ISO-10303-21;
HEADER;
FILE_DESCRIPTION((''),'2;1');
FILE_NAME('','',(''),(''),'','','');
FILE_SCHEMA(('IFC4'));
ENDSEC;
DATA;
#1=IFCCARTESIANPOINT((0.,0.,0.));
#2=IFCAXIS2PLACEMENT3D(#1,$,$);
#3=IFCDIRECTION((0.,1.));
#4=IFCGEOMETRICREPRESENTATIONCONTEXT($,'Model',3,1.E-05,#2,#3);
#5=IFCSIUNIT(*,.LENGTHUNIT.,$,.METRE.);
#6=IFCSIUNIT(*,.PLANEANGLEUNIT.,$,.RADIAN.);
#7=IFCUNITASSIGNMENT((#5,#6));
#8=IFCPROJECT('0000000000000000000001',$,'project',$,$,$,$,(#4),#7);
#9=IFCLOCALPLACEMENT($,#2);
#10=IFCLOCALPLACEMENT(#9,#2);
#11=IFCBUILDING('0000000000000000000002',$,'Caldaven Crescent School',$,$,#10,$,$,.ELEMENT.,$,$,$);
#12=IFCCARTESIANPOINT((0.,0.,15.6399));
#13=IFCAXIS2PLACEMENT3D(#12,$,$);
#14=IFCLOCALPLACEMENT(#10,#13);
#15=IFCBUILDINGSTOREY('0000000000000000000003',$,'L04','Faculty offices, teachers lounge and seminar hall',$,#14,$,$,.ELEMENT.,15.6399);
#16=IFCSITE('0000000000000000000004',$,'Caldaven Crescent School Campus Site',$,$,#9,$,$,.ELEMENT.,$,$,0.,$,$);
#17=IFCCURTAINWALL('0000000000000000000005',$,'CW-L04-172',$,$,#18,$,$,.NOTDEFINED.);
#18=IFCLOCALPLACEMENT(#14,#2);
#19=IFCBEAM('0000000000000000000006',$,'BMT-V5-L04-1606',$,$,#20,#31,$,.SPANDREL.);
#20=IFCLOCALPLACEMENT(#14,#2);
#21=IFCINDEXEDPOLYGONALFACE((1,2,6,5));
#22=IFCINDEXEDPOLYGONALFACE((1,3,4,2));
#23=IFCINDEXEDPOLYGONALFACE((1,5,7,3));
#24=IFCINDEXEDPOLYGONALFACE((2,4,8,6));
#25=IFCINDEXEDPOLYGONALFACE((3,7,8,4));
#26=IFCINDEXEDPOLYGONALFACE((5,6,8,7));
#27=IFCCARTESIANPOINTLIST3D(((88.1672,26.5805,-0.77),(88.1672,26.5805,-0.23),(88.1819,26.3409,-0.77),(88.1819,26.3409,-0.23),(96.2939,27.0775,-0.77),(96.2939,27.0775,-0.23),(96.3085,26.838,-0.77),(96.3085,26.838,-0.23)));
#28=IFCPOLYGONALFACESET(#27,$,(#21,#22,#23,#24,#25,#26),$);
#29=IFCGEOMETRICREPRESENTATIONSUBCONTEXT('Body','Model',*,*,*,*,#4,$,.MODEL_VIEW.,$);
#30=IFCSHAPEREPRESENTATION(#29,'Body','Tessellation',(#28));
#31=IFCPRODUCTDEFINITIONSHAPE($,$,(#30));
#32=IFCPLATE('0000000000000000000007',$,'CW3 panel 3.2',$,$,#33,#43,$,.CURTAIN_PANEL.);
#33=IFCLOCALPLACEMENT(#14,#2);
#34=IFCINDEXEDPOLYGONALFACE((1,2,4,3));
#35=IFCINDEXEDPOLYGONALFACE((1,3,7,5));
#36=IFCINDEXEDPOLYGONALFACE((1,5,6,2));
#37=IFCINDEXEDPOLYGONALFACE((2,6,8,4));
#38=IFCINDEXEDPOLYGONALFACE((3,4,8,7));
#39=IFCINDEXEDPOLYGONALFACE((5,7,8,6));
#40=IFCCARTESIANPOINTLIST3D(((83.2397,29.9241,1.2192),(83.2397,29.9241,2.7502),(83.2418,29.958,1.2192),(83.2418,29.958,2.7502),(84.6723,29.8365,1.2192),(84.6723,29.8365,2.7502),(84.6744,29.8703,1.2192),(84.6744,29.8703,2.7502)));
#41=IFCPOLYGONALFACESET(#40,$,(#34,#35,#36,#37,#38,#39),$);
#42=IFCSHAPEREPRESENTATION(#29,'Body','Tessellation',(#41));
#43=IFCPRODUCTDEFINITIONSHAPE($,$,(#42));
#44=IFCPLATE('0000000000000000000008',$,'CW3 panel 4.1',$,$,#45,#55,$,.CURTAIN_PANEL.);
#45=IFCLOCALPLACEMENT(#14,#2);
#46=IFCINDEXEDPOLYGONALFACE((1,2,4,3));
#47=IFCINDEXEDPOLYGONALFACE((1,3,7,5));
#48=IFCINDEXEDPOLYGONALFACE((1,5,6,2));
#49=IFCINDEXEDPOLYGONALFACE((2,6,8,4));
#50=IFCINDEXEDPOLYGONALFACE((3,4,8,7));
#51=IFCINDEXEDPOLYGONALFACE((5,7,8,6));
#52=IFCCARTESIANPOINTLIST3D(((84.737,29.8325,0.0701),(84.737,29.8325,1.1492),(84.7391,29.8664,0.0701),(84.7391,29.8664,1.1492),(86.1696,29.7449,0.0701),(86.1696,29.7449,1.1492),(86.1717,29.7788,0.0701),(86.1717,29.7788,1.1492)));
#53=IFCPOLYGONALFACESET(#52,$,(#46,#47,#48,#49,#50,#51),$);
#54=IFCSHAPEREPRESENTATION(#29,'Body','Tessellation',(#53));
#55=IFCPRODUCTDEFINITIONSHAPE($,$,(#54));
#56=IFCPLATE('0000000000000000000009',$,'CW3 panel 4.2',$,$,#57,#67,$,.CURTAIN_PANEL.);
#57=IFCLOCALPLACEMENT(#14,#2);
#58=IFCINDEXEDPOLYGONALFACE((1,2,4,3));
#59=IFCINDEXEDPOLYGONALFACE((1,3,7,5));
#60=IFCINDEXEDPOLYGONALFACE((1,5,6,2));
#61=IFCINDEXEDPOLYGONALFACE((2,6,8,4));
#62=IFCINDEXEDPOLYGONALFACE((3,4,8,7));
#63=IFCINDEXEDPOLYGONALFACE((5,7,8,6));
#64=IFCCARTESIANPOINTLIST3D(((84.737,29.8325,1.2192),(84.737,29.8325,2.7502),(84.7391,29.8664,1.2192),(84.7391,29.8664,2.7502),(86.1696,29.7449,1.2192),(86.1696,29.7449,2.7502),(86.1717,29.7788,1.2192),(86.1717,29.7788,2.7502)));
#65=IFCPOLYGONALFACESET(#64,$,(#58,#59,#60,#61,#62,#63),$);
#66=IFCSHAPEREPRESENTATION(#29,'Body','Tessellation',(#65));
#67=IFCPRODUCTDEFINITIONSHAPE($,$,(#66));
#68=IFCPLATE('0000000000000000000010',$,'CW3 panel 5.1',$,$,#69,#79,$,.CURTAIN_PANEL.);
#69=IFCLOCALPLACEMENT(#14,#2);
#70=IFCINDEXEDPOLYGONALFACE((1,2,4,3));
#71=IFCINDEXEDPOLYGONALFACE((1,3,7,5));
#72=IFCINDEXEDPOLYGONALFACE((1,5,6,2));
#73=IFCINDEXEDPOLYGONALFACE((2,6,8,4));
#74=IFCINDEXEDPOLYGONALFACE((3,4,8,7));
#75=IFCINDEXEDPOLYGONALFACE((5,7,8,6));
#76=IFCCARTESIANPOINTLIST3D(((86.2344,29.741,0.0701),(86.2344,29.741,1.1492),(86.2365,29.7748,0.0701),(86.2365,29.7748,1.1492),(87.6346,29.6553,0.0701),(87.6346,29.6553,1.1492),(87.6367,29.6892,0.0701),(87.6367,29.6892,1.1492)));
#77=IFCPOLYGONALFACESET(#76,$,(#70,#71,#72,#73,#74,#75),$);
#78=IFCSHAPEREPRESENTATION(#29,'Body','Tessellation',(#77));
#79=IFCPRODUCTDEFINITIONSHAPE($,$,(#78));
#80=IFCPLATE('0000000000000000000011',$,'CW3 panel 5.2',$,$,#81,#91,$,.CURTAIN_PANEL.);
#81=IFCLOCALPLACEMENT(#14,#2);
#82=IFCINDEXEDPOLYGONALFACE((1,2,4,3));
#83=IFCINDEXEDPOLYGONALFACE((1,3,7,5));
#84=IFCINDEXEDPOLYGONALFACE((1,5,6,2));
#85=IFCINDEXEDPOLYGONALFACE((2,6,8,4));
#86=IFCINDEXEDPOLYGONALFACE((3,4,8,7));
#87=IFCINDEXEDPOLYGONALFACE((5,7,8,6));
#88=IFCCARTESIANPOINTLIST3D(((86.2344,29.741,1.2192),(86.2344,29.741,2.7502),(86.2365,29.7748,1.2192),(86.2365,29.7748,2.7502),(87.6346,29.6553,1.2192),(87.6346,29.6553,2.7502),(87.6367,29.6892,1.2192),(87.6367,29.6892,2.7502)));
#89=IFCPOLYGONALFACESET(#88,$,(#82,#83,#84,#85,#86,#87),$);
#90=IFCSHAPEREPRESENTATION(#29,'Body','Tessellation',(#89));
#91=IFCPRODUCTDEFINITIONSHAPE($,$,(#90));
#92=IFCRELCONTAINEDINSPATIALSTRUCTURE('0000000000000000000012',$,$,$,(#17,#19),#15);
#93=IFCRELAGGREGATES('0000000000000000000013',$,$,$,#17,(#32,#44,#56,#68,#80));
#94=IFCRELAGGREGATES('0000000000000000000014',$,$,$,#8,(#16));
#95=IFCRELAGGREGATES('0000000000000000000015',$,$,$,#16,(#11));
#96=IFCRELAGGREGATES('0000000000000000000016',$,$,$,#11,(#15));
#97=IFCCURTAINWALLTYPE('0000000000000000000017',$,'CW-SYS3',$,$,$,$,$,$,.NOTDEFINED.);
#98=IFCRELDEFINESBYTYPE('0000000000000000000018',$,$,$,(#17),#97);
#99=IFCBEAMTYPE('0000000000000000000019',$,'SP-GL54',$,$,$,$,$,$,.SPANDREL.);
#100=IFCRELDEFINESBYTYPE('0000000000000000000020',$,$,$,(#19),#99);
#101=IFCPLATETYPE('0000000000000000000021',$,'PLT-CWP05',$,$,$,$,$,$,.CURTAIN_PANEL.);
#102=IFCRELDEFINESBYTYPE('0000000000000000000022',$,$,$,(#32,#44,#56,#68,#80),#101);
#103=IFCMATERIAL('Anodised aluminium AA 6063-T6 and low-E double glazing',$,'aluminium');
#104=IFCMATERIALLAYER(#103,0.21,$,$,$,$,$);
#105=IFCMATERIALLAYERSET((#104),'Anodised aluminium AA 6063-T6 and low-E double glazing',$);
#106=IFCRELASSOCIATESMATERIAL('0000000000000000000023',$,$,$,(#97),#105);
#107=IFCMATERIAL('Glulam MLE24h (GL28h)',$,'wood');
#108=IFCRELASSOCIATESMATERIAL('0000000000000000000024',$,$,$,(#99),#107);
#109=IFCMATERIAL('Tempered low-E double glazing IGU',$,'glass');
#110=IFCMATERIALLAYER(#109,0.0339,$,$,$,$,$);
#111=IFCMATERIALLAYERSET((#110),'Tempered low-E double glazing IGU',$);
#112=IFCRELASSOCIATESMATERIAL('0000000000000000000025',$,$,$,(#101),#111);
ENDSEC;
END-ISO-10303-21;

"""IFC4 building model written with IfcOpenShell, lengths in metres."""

from ifc_helpers import new_model, si_unit, direction, frame, origin, origin_2d, place, context, subcontext, project, spatial, rectangle, extrude, material, layer, layer_set, material_profile, profile_set, type_object, element, aggregate, save


model = new_model("IFC4")

# Units and contexts
model_context = context("Model", 3, precision=1e-05, world=origin(), true_north=direction((0.0, 1.0)))
body_context = subcontext(model_context, "Body", "Model", "MODEL_VIEW")
ifc_project = project(units=[si_unit("LENGTHUNIT", "METRE"), si_unit("PLANEANGLEUNIT", "RADIAN")], contexts=[model_context])

# Site, building, storey
site_placement = place(None, origin())
site = spatial("IfcSite", under=ifc_project, at=site_placement, Name="Caldaven Crescent School Campus Site", CompositionType="ELEMENT", RefElevation=0.0)
building_placement = place(site_placement, origin())
building = spatial("IfcBuilding", under=site, at=building_placement, Name="Caldaven Crescent School", CompositionType="ELEMENT")
storey_placement = place(building_placement, frame((0.0, 0.0, 15.6399)))
storey = spatial("IfcBuildingStorey", under=building, at=storey_placement, Name="L04", Description="Faculty offices, teachers lounge and seminar hall", CompositionType="ELEMENT", Elevation=15.6399)

# Shared definitions
ifc_material_1 = material(Name="Glulam MLE24h (GL28h)", Category="wood")

# Curtain wall
ifc_material_2 = material(Name="Anodised aluminium AA 6063-T6 and low-E double glazing", Category="aluminium")
ifc_layer_1 = layer(ifc_material_2, 0.21)
ifc_layer_set_1 = layer_set([ifc_layer_1], Name="Anodised aluminium AA 6063-T6 and low-E double glazing")
curtain_wall_type = type_object("IfcCurtainWallType", Name="CW-SYS3", PredefinedType="NOTDEFINED", material=ifc_layer_set_1)
curtain_wall_placement = place(storey_placement, origin())
curtain_wall = element("IfcCurtainWall", 1, at=curtain_wall_placement, inside=storey, type_object=curtain_wall_type, Name="CW-L04-172", PredefinedType="NOTDEFINED")

# Beam
ifc_material_profile_1 = material_profile(ifc_material_1, rectangle(XDim=0.24, YDim=0.54, at=origin_2d()), Name="MLE 240x540")
ifc_profile_set_1 = profile_set([ifc_material_profile_1], Name="Glulam MLE24h (GL28h)")
beam_type_1 = type_object("IfcBeamType", Name="SP-GL54", PredefinedType="SPANDREL", material=ifc_profile_set_1)
beam_1_placement = place(storey_placement, frame((88.1746, 26.4607, -0.5), z_axis=(0.998135, 0.061051, 0.0), x_axis=(-0.061051, 0.998135, 0.0)))
element("IfcBeam", 2, at=beam_1_placement, inside=storey, type_object=beam_type_1, Name="BMT-V5-L04-1606", PredefinedType="SPANDREL", context=body_context, shape_type="SweptSolid", body=[
    extrude(rectangle(XDim=0.24, YDim=0.54, at=origin_2d()), origin(), (0.0, 0.0, 1.0), 8.1418),
])

# Plates
ifc_material_3 = material(Name="Tempered low-E double glazing IGU", Category="glass")
ifc_layer_2 = layer(ifc_material_3, 0.0339)
ifc_layer_set_2 = layer_set([ifc_layer_2], Name="Tempered low-E double glazing IGU")
plate_type = type_object("IfcPlateType", Name="PLT-CWP05", PredefinedType="CURTAIN_PANEL", material=ifc_layer_set_2)
plate_1_placement = place(storey_placement, frame((83.957, 29.8972, 1.2192), z_axis=(0.0, 0.0, 1.0), x_axis=(0.998135, -0.061049, 0.0)))
plate_1 = element("IfcPlate", 3, at=plate_1_placement, type_object=plate_type, Name="CW3 panel 3.2", PredefinedType="CURTAIN_PANEL", context=body_context, shape_type="SweptSolid", body=[
    extrude(rectangle(XDim=1.4353, YDim=0.0339, at=origin_2d()), origin(), (0.0, 0.0, 1.0), 1.531),
])
plate_2_placement = place(storey_placement, frame((85.4543, 29.8057, 0.0701), z_axis=(0.0, 0.0, 1.0), x_axis=(0.998135, -0.061049, 0.0)))
plate_2 = element("IfcPlate", 4, at=plate_2_placement, type_object=plate_type, Name="CW3 panel 4.1", PredefinedType="CURTAIN_PANEL", context=body_context, shape_type="SweptSolid", body=[
    extrude(rectangle(XDim=1.4353, YDim=0.0339, at=origin_2d()), origin(), (0.0, 0.0, 1.0), 1.0791),
])
plate_3_placement = place(storey_placement, frame((85.4543, 29.8057, 1.2192), z_axis=(0.0, 0.0, 1.0), x_axis=(0.998135, -0.061049, 0.0)))
plate_3 = element("IfcPlate", 5, at=plate_3_placement, type_object=plate_type, Name="CW3 panel 4.2", PredefinedType="CURTAIN_PANEL", context=body_context, shape_type="SweptSolid", body=[
    extrude(rectangle(XDim=1.4353, YDim=0.0339, at=origin_2d()), origin(), (0.0, 0.0, 1.0), 1.531),
])
plate_4_placement = place(storey_placement, frame((86.9355, 29.7151, 0.0701), z_axis=(0.0, 0.0, 1.0), x_axis=(0.998135, -0.061049, 0.0)))
plate_4 = element("IfcPlate", 6, at=plate_4_placement, type_object=plate_type, Name="CW3 panel 5.1", PredefinedType="CURTAIN_PANEL", context=body_context, shape_type="SweptSolid", body=[
    extrude(rectangle(XDim=1.4028, YDim=0.0339, at=origin_2d()), origin(), (0.0, 0.0, 1.0), 1.0791),
])
plate_5_placement = place(storey_placement, frame((86.9355, 29.7151, 1.2192), z_axis=(0.0, 0.0, 1.0), x_axis=(0.998135, -0.061049, 0.0)))
plate_5 = element("IfcPlate", 7, at=plate_5_placement, type_object=plate_type, Name="CW3 panel 5.2", PredefinedType="CURTAIN_PANEL", context=body_context, shape_type="SweptSolid", body=[
    extrude(rectangle(XDim=1.4028, YDim=0.0339, at=origin_2d()), origin(), (0.0, 0.0, 1.0), 1.531),
])
aggregate(curtain_wall, [plate_1, plate_2, plate_3, plate_4, plate_5])

save(model, "model.ifc")
